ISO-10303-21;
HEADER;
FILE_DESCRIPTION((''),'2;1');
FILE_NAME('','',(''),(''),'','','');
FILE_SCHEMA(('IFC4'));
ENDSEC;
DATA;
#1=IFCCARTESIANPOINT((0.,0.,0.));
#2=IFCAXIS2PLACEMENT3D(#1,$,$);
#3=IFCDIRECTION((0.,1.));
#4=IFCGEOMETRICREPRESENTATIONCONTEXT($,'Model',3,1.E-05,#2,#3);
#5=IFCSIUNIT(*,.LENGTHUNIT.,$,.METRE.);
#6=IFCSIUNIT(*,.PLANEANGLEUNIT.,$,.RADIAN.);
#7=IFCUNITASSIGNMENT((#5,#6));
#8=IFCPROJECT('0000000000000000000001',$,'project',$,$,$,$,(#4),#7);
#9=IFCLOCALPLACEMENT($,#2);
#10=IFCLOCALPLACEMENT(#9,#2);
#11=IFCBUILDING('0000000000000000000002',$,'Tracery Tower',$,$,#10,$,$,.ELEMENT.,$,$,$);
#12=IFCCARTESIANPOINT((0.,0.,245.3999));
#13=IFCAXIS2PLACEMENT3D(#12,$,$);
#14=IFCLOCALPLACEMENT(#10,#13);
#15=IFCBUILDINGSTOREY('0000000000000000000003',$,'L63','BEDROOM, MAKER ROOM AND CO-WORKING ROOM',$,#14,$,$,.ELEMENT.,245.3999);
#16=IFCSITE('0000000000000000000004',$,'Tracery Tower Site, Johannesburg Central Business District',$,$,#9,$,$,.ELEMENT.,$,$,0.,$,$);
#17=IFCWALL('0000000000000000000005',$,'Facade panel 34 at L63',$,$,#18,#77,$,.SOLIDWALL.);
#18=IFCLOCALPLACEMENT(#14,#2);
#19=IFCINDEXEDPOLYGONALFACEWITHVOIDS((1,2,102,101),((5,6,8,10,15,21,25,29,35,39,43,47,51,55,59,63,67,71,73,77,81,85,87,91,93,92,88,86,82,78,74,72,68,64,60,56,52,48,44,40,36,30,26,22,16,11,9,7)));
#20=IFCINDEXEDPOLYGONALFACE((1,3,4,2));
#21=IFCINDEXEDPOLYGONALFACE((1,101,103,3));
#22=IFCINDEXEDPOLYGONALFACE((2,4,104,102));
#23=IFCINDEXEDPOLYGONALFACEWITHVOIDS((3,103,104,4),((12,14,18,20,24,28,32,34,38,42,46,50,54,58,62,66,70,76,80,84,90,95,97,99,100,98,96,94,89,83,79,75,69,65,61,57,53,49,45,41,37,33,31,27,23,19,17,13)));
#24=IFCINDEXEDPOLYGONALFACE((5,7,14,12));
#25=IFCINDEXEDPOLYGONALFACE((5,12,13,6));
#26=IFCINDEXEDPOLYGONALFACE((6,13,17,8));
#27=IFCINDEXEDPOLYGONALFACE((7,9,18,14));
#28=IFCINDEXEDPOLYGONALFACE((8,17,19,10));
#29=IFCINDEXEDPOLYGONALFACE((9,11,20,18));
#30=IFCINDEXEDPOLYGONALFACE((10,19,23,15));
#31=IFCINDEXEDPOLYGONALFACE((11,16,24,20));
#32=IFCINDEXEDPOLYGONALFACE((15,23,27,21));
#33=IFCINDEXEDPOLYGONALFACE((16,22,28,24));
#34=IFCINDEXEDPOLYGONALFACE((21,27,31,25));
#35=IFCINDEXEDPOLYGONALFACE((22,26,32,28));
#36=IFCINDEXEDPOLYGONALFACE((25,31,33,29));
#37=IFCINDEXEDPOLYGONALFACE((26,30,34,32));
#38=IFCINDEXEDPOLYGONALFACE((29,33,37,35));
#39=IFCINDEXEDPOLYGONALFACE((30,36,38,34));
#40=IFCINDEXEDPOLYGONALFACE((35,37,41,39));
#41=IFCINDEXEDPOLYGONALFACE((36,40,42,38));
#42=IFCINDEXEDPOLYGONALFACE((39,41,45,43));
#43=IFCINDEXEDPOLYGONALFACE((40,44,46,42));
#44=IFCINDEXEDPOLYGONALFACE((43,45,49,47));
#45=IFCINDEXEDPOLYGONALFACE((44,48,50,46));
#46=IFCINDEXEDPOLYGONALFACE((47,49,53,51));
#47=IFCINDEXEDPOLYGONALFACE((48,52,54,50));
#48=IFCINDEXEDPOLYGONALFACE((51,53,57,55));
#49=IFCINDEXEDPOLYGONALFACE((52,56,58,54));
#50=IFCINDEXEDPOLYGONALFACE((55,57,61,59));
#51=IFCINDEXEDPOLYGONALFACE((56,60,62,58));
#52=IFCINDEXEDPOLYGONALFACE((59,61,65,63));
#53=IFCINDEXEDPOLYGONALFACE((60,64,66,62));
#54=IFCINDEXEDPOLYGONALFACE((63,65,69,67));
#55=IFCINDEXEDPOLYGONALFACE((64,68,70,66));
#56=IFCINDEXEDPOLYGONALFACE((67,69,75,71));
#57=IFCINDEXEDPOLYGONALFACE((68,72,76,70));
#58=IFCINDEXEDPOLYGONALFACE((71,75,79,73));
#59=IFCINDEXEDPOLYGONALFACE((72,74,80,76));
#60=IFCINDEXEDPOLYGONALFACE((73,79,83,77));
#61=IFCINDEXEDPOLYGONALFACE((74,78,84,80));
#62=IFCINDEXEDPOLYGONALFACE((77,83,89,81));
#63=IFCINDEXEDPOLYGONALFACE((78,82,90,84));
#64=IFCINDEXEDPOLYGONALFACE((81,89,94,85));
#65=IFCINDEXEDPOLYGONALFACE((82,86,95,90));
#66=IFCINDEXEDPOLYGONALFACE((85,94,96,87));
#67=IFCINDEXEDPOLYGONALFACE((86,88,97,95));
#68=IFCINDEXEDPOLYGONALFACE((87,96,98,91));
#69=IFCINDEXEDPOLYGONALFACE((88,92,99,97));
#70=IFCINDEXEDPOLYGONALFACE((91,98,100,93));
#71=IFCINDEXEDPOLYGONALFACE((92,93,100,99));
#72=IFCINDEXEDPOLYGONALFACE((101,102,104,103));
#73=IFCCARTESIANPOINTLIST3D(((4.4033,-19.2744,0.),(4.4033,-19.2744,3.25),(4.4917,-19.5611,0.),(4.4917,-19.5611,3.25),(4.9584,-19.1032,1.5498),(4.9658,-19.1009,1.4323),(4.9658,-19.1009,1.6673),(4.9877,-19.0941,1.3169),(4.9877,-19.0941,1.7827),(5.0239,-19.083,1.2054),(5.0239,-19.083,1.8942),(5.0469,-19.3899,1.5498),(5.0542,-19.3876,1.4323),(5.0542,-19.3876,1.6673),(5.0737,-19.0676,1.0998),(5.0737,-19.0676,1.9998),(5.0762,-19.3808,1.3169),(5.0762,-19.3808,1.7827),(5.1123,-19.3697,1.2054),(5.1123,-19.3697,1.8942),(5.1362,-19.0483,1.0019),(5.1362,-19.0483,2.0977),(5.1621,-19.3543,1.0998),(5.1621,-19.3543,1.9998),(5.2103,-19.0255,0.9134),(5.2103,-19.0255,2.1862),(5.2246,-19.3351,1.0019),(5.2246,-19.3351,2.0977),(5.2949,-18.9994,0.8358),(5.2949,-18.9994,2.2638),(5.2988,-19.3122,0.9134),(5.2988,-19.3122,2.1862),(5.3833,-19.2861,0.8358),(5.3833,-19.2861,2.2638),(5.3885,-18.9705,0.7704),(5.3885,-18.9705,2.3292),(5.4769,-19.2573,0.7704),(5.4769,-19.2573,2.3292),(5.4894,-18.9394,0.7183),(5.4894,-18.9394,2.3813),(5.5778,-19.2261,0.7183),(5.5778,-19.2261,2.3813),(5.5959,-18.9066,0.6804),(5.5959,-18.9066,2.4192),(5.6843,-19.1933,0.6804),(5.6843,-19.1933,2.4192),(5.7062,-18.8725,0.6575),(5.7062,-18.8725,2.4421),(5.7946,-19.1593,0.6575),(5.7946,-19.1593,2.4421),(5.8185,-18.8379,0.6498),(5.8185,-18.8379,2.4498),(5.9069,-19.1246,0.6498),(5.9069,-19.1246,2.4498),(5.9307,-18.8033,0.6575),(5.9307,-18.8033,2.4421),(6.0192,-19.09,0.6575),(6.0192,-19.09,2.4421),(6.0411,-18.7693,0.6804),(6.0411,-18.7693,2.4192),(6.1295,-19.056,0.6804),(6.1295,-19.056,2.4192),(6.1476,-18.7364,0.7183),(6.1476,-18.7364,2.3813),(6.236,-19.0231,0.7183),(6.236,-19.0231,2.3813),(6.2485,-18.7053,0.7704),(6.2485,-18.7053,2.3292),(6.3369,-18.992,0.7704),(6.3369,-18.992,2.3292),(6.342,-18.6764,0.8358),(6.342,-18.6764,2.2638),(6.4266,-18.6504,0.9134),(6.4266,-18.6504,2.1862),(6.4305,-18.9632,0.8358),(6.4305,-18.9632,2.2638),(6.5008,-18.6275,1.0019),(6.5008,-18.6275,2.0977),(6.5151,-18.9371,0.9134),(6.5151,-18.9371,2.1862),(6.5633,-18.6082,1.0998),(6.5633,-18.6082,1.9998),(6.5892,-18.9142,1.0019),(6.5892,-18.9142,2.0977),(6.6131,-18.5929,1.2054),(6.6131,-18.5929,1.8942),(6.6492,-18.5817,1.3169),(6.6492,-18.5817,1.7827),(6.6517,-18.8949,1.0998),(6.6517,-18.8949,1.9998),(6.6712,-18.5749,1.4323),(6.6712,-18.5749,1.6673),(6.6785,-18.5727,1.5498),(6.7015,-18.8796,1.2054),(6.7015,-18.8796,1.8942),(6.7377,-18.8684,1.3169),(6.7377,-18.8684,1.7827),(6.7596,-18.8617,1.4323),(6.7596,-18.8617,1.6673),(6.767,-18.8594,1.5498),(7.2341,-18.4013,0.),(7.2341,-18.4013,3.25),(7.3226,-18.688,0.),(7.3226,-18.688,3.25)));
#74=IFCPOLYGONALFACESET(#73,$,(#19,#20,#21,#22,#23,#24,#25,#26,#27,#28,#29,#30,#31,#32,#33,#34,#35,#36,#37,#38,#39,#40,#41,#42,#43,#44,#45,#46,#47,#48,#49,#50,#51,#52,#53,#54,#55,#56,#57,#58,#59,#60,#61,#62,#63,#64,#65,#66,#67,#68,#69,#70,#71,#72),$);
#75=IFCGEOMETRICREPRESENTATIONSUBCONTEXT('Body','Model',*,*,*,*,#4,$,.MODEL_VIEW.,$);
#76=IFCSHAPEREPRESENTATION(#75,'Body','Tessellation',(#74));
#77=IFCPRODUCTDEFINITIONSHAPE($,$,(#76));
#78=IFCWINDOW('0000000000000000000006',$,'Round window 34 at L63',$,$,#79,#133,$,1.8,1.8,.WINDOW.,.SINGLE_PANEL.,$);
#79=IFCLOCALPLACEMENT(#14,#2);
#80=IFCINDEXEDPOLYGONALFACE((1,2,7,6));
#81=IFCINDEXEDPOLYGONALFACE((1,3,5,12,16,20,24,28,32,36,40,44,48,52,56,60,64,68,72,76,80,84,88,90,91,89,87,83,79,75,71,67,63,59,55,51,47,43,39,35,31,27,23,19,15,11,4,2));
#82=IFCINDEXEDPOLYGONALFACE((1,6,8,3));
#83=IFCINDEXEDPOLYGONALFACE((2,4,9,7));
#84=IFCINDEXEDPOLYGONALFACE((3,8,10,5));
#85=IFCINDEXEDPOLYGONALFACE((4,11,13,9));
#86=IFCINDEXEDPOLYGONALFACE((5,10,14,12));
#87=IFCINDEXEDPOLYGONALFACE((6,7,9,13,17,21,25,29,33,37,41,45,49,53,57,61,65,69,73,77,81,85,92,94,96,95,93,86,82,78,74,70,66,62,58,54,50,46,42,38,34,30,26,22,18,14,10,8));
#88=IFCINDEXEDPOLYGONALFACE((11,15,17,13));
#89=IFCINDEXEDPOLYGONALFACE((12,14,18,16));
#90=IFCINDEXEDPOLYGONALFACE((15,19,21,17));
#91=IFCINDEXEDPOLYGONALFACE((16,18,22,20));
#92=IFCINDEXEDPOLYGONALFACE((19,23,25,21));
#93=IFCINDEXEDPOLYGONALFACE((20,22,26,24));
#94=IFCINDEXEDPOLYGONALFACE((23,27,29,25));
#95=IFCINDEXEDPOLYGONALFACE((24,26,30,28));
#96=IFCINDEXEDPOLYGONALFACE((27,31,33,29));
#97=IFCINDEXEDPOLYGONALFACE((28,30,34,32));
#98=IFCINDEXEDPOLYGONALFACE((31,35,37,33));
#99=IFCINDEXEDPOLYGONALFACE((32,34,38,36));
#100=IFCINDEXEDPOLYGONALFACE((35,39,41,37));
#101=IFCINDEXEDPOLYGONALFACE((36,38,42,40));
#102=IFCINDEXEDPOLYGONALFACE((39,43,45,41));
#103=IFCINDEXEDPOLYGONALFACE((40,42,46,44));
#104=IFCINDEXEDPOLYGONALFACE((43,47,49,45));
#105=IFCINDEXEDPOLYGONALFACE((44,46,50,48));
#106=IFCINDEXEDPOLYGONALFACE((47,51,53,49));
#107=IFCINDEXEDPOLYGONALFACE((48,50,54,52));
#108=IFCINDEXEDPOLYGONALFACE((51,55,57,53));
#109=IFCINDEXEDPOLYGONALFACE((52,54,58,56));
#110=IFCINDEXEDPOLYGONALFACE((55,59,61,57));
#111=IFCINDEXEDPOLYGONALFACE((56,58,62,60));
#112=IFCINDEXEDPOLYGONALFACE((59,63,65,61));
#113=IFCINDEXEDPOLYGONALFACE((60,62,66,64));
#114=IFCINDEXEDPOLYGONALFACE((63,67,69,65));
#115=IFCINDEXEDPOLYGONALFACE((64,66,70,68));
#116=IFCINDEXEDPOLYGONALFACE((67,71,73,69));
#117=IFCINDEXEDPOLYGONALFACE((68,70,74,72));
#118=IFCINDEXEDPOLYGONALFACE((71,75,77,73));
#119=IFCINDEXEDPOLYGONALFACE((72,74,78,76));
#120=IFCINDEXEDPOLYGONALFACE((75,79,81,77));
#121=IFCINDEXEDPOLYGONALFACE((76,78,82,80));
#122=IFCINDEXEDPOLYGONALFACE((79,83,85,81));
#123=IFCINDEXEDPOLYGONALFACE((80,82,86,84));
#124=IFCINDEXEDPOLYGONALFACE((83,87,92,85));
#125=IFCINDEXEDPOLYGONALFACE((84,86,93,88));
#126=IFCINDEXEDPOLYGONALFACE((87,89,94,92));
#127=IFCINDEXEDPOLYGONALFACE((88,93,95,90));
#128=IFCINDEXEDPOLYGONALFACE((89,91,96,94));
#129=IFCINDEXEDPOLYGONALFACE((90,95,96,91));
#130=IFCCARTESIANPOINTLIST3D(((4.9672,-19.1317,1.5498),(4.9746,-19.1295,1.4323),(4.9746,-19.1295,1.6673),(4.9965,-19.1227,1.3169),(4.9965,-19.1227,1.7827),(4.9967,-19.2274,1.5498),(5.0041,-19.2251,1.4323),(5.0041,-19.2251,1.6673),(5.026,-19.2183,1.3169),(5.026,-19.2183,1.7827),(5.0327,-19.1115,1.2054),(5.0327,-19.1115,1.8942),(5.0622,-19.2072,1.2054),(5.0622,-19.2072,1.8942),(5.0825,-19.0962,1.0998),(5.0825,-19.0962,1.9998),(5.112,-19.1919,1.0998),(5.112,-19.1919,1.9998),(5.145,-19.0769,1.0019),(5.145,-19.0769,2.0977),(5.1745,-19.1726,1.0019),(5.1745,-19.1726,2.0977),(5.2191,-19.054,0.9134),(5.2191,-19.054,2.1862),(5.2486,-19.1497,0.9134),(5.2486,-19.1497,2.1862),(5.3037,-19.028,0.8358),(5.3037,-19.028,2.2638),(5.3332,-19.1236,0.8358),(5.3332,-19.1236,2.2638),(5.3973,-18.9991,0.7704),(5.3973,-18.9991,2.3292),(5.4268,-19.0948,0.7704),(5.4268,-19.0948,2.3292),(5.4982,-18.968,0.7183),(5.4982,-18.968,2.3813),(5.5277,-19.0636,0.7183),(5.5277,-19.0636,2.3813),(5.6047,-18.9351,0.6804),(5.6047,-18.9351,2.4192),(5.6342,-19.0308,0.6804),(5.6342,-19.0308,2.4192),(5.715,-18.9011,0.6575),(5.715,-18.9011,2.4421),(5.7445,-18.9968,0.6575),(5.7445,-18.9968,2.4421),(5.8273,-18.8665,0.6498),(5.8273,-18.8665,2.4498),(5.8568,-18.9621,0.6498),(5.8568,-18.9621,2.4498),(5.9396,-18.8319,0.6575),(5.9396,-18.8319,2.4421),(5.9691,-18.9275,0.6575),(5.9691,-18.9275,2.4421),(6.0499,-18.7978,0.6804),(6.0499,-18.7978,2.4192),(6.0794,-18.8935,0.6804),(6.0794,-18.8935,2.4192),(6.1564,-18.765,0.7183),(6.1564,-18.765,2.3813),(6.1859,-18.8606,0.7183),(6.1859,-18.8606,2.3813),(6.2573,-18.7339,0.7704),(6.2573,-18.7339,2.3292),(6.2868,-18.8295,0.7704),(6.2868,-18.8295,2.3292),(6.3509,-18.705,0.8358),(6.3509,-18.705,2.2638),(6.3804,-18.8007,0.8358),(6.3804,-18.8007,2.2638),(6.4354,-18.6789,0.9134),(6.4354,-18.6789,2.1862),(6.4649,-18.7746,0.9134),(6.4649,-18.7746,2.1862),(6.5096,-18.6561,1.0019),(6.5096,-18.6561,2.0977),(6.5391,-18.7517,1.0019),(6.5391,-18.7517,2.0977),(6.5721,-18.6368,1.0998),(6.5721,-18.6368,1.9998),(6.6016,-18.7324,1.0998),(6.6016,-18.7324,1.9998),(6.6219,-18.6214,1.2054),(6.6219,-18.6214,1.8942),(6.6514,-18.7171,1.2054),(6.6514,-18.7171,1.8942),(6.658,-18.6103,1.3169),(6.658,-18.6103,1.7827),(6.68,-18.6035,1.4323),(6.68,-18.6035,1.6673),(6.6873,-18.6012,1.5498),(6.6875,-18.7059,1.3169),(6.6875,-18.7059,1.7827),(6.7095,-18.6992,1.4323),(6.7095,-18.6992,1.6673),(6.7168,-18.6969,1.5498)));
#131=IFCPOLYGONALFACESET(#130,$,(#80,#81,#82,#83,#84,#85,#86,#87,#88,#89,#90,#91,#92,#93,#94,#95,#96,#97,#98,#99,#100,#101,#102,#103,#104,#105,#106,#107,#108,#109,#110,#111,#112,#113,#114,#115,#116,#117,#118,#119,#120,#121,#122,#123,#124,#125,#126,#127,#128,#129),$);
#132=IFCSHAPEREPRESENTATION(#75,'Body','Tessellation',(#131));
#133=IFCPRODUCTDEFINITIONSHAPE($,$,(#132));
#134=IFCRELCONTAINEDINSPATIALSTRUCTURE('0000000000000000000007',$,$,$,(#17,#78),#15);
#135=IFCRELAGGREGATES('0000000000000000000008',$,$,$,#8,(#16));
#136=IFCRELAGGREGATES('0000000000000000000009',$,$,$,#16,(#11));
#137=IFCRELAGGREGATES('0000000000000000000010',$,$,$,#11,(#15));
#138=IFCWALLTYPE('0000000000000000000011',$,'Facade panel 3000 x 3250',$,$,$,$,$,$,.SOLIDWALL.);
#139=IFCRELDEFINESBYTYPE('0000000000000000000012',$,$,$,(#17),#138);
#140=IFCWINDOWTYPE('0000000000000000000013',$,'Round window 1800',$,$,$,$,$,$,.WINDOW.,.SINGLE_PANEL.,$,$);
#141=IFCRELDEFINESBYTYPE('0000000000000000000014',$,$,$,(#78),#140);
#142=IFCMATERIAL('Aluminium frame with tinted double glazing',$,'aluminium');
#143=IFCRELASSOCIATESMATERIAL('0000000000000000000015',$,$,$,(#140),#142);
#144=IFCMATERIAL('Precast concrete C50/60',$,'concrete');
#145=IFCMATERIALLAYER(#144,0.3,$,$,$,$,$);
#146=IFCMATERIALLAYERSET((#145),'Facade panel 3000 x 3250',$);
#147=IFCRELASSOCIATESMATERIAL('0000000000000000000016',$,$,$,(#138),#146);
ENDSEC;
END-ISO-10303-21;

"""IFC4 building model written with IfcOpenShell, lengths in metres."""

from ifc_helpers import new_model, si_unit, direction, frame, frame_2d, origin, origin_2d, place, context, subcontext, project, spatial, rectangle, circle, extrude, material, layer, layer_set, type_object, element, fill, save


model = new_model("IFC4")

# Units and contexts
model_context = context("Model", 3, precision=1e-05, world=origin(), true_north=direction((0.0, 1.0)))
body_context = subcontext(model_context, "Body", "Model", "MODEL_VIEW")
ifc_project = project(units=[si_unit("LENGTHUNIT", "METRE"), si_unit("PLANEANGLEUNIT", "RADIAN")], contexts=[model_context])

# Site, building, storey
site_placement = place(None, origin())
site = spatial("IfcSite", under=ifc_project, at=site_placement, Name="Tracery Tower Site, Johannesburg Central Business District", CompositionType="ELEMENT", RefElevation=0.0)
building_placement = place(site_placement, origin())
building = spatial("IfcBuilding", under=site, at=building_placement, Name="Tracery Tower", CompositionType="ELEMENT")
storey_placement = place(building_placement, frame((0.0, 0.0, 245.3999)))
storey = spatial("IfcBuildingStorey", under=building, at=storey_placement, Name="L63", Description="BEDROOM, MAKER ROOM AND CO-WORKING ROOM", CompositionType="ELEMENT", Elevation=245.3999)

# Wall, opening, window
ifc_material_1 = material(Name="Aluminium frame with tinted double glazing", Category="aluminium")
window_type = type_object("IfcWindowType", Name="Round window 1800", PartitioningType="SINGLE_PANEL", PredefinedType="WINDOW", material=ifc_material_1)
ifc_material_2 = material(Name="Precast concrete C50/60", Category="concrete")
ifc_layer_1 = layer(ifc_material_2, 0.3)
ifc_layer_set_1 = layer_set([ifc_layer_1], Name="Facade panel 3000 x 3250")
wall_type_1 = type_object("IfcWallType", Name="Facade panel 3000 x 3250", PredefinedType="SOLIDWALL", material=ifc_layer_set_1)
wall_1_placement = place(storey_placement, frame((4.4475, -19.4177, 0.0), z_axis=(0.0, 0.0, 1.0), x_axis=(0.955586, 0.294711, 0.0)))
wall_1 = element("IfcWall", 1, at=wall_1_placement, inside=storey, type_object=wall_type_1, Name="Facade panel 34 at L63", PredefinedType="SOLIDWALL", context=body_context, shape_type="SweptSolid", body=[
    extrude(rectangle(XDim=2.9624, YDim=0.3, at=frame_2d((1.4812, 0.0))), origin(), (0.0, 0.0, 1.0), 3.25),
])
opening_1_placement = place(wall_1_placement, frame((1.481, 0.0, 1.5498)))
opening_1 = element("IfcOpeningElement", 2, at=opening_1_placement, cuts=wall_1, PredefinedType="OPENING", context=body_context, shape_type="SweptSolid", body=[
    extrude(circle(Radius=0.9, at=origin_2d()), frame((0.0, 0.1599, 0.0), z_axis=(0.0, -1.0, 0.0), x_axis=(1.0, 0.0, 0.0)), (0.0, 0.0, 1.0), 0.3201),
])
window_1_placement = place(opening_1_placement, origin())
window_1 = element("IfcWindow", 3, at=window_1_placement, inside=storey, type_object=window_type, Name="Round window 34 at L63", OverallHeight=1.8, OverallWidth=1.8, PartitioningType="SINGLE_PANEL", PredefinedType="WINDOW", context=body_context, shape_type="SweptSolid", body=[
    extrude(circle(Radius=0.9, at=origin_2d()), frame((0.0, 0.1201, 0.0), z_axis=(0.0, -1.0, 0.0), x_axis=(1.0, 0.0, 0.0)), (0.0, 0.0, 1.0), 0.1001),
])
fill(opening_1, window_1)

save(model, "model.ifc")
